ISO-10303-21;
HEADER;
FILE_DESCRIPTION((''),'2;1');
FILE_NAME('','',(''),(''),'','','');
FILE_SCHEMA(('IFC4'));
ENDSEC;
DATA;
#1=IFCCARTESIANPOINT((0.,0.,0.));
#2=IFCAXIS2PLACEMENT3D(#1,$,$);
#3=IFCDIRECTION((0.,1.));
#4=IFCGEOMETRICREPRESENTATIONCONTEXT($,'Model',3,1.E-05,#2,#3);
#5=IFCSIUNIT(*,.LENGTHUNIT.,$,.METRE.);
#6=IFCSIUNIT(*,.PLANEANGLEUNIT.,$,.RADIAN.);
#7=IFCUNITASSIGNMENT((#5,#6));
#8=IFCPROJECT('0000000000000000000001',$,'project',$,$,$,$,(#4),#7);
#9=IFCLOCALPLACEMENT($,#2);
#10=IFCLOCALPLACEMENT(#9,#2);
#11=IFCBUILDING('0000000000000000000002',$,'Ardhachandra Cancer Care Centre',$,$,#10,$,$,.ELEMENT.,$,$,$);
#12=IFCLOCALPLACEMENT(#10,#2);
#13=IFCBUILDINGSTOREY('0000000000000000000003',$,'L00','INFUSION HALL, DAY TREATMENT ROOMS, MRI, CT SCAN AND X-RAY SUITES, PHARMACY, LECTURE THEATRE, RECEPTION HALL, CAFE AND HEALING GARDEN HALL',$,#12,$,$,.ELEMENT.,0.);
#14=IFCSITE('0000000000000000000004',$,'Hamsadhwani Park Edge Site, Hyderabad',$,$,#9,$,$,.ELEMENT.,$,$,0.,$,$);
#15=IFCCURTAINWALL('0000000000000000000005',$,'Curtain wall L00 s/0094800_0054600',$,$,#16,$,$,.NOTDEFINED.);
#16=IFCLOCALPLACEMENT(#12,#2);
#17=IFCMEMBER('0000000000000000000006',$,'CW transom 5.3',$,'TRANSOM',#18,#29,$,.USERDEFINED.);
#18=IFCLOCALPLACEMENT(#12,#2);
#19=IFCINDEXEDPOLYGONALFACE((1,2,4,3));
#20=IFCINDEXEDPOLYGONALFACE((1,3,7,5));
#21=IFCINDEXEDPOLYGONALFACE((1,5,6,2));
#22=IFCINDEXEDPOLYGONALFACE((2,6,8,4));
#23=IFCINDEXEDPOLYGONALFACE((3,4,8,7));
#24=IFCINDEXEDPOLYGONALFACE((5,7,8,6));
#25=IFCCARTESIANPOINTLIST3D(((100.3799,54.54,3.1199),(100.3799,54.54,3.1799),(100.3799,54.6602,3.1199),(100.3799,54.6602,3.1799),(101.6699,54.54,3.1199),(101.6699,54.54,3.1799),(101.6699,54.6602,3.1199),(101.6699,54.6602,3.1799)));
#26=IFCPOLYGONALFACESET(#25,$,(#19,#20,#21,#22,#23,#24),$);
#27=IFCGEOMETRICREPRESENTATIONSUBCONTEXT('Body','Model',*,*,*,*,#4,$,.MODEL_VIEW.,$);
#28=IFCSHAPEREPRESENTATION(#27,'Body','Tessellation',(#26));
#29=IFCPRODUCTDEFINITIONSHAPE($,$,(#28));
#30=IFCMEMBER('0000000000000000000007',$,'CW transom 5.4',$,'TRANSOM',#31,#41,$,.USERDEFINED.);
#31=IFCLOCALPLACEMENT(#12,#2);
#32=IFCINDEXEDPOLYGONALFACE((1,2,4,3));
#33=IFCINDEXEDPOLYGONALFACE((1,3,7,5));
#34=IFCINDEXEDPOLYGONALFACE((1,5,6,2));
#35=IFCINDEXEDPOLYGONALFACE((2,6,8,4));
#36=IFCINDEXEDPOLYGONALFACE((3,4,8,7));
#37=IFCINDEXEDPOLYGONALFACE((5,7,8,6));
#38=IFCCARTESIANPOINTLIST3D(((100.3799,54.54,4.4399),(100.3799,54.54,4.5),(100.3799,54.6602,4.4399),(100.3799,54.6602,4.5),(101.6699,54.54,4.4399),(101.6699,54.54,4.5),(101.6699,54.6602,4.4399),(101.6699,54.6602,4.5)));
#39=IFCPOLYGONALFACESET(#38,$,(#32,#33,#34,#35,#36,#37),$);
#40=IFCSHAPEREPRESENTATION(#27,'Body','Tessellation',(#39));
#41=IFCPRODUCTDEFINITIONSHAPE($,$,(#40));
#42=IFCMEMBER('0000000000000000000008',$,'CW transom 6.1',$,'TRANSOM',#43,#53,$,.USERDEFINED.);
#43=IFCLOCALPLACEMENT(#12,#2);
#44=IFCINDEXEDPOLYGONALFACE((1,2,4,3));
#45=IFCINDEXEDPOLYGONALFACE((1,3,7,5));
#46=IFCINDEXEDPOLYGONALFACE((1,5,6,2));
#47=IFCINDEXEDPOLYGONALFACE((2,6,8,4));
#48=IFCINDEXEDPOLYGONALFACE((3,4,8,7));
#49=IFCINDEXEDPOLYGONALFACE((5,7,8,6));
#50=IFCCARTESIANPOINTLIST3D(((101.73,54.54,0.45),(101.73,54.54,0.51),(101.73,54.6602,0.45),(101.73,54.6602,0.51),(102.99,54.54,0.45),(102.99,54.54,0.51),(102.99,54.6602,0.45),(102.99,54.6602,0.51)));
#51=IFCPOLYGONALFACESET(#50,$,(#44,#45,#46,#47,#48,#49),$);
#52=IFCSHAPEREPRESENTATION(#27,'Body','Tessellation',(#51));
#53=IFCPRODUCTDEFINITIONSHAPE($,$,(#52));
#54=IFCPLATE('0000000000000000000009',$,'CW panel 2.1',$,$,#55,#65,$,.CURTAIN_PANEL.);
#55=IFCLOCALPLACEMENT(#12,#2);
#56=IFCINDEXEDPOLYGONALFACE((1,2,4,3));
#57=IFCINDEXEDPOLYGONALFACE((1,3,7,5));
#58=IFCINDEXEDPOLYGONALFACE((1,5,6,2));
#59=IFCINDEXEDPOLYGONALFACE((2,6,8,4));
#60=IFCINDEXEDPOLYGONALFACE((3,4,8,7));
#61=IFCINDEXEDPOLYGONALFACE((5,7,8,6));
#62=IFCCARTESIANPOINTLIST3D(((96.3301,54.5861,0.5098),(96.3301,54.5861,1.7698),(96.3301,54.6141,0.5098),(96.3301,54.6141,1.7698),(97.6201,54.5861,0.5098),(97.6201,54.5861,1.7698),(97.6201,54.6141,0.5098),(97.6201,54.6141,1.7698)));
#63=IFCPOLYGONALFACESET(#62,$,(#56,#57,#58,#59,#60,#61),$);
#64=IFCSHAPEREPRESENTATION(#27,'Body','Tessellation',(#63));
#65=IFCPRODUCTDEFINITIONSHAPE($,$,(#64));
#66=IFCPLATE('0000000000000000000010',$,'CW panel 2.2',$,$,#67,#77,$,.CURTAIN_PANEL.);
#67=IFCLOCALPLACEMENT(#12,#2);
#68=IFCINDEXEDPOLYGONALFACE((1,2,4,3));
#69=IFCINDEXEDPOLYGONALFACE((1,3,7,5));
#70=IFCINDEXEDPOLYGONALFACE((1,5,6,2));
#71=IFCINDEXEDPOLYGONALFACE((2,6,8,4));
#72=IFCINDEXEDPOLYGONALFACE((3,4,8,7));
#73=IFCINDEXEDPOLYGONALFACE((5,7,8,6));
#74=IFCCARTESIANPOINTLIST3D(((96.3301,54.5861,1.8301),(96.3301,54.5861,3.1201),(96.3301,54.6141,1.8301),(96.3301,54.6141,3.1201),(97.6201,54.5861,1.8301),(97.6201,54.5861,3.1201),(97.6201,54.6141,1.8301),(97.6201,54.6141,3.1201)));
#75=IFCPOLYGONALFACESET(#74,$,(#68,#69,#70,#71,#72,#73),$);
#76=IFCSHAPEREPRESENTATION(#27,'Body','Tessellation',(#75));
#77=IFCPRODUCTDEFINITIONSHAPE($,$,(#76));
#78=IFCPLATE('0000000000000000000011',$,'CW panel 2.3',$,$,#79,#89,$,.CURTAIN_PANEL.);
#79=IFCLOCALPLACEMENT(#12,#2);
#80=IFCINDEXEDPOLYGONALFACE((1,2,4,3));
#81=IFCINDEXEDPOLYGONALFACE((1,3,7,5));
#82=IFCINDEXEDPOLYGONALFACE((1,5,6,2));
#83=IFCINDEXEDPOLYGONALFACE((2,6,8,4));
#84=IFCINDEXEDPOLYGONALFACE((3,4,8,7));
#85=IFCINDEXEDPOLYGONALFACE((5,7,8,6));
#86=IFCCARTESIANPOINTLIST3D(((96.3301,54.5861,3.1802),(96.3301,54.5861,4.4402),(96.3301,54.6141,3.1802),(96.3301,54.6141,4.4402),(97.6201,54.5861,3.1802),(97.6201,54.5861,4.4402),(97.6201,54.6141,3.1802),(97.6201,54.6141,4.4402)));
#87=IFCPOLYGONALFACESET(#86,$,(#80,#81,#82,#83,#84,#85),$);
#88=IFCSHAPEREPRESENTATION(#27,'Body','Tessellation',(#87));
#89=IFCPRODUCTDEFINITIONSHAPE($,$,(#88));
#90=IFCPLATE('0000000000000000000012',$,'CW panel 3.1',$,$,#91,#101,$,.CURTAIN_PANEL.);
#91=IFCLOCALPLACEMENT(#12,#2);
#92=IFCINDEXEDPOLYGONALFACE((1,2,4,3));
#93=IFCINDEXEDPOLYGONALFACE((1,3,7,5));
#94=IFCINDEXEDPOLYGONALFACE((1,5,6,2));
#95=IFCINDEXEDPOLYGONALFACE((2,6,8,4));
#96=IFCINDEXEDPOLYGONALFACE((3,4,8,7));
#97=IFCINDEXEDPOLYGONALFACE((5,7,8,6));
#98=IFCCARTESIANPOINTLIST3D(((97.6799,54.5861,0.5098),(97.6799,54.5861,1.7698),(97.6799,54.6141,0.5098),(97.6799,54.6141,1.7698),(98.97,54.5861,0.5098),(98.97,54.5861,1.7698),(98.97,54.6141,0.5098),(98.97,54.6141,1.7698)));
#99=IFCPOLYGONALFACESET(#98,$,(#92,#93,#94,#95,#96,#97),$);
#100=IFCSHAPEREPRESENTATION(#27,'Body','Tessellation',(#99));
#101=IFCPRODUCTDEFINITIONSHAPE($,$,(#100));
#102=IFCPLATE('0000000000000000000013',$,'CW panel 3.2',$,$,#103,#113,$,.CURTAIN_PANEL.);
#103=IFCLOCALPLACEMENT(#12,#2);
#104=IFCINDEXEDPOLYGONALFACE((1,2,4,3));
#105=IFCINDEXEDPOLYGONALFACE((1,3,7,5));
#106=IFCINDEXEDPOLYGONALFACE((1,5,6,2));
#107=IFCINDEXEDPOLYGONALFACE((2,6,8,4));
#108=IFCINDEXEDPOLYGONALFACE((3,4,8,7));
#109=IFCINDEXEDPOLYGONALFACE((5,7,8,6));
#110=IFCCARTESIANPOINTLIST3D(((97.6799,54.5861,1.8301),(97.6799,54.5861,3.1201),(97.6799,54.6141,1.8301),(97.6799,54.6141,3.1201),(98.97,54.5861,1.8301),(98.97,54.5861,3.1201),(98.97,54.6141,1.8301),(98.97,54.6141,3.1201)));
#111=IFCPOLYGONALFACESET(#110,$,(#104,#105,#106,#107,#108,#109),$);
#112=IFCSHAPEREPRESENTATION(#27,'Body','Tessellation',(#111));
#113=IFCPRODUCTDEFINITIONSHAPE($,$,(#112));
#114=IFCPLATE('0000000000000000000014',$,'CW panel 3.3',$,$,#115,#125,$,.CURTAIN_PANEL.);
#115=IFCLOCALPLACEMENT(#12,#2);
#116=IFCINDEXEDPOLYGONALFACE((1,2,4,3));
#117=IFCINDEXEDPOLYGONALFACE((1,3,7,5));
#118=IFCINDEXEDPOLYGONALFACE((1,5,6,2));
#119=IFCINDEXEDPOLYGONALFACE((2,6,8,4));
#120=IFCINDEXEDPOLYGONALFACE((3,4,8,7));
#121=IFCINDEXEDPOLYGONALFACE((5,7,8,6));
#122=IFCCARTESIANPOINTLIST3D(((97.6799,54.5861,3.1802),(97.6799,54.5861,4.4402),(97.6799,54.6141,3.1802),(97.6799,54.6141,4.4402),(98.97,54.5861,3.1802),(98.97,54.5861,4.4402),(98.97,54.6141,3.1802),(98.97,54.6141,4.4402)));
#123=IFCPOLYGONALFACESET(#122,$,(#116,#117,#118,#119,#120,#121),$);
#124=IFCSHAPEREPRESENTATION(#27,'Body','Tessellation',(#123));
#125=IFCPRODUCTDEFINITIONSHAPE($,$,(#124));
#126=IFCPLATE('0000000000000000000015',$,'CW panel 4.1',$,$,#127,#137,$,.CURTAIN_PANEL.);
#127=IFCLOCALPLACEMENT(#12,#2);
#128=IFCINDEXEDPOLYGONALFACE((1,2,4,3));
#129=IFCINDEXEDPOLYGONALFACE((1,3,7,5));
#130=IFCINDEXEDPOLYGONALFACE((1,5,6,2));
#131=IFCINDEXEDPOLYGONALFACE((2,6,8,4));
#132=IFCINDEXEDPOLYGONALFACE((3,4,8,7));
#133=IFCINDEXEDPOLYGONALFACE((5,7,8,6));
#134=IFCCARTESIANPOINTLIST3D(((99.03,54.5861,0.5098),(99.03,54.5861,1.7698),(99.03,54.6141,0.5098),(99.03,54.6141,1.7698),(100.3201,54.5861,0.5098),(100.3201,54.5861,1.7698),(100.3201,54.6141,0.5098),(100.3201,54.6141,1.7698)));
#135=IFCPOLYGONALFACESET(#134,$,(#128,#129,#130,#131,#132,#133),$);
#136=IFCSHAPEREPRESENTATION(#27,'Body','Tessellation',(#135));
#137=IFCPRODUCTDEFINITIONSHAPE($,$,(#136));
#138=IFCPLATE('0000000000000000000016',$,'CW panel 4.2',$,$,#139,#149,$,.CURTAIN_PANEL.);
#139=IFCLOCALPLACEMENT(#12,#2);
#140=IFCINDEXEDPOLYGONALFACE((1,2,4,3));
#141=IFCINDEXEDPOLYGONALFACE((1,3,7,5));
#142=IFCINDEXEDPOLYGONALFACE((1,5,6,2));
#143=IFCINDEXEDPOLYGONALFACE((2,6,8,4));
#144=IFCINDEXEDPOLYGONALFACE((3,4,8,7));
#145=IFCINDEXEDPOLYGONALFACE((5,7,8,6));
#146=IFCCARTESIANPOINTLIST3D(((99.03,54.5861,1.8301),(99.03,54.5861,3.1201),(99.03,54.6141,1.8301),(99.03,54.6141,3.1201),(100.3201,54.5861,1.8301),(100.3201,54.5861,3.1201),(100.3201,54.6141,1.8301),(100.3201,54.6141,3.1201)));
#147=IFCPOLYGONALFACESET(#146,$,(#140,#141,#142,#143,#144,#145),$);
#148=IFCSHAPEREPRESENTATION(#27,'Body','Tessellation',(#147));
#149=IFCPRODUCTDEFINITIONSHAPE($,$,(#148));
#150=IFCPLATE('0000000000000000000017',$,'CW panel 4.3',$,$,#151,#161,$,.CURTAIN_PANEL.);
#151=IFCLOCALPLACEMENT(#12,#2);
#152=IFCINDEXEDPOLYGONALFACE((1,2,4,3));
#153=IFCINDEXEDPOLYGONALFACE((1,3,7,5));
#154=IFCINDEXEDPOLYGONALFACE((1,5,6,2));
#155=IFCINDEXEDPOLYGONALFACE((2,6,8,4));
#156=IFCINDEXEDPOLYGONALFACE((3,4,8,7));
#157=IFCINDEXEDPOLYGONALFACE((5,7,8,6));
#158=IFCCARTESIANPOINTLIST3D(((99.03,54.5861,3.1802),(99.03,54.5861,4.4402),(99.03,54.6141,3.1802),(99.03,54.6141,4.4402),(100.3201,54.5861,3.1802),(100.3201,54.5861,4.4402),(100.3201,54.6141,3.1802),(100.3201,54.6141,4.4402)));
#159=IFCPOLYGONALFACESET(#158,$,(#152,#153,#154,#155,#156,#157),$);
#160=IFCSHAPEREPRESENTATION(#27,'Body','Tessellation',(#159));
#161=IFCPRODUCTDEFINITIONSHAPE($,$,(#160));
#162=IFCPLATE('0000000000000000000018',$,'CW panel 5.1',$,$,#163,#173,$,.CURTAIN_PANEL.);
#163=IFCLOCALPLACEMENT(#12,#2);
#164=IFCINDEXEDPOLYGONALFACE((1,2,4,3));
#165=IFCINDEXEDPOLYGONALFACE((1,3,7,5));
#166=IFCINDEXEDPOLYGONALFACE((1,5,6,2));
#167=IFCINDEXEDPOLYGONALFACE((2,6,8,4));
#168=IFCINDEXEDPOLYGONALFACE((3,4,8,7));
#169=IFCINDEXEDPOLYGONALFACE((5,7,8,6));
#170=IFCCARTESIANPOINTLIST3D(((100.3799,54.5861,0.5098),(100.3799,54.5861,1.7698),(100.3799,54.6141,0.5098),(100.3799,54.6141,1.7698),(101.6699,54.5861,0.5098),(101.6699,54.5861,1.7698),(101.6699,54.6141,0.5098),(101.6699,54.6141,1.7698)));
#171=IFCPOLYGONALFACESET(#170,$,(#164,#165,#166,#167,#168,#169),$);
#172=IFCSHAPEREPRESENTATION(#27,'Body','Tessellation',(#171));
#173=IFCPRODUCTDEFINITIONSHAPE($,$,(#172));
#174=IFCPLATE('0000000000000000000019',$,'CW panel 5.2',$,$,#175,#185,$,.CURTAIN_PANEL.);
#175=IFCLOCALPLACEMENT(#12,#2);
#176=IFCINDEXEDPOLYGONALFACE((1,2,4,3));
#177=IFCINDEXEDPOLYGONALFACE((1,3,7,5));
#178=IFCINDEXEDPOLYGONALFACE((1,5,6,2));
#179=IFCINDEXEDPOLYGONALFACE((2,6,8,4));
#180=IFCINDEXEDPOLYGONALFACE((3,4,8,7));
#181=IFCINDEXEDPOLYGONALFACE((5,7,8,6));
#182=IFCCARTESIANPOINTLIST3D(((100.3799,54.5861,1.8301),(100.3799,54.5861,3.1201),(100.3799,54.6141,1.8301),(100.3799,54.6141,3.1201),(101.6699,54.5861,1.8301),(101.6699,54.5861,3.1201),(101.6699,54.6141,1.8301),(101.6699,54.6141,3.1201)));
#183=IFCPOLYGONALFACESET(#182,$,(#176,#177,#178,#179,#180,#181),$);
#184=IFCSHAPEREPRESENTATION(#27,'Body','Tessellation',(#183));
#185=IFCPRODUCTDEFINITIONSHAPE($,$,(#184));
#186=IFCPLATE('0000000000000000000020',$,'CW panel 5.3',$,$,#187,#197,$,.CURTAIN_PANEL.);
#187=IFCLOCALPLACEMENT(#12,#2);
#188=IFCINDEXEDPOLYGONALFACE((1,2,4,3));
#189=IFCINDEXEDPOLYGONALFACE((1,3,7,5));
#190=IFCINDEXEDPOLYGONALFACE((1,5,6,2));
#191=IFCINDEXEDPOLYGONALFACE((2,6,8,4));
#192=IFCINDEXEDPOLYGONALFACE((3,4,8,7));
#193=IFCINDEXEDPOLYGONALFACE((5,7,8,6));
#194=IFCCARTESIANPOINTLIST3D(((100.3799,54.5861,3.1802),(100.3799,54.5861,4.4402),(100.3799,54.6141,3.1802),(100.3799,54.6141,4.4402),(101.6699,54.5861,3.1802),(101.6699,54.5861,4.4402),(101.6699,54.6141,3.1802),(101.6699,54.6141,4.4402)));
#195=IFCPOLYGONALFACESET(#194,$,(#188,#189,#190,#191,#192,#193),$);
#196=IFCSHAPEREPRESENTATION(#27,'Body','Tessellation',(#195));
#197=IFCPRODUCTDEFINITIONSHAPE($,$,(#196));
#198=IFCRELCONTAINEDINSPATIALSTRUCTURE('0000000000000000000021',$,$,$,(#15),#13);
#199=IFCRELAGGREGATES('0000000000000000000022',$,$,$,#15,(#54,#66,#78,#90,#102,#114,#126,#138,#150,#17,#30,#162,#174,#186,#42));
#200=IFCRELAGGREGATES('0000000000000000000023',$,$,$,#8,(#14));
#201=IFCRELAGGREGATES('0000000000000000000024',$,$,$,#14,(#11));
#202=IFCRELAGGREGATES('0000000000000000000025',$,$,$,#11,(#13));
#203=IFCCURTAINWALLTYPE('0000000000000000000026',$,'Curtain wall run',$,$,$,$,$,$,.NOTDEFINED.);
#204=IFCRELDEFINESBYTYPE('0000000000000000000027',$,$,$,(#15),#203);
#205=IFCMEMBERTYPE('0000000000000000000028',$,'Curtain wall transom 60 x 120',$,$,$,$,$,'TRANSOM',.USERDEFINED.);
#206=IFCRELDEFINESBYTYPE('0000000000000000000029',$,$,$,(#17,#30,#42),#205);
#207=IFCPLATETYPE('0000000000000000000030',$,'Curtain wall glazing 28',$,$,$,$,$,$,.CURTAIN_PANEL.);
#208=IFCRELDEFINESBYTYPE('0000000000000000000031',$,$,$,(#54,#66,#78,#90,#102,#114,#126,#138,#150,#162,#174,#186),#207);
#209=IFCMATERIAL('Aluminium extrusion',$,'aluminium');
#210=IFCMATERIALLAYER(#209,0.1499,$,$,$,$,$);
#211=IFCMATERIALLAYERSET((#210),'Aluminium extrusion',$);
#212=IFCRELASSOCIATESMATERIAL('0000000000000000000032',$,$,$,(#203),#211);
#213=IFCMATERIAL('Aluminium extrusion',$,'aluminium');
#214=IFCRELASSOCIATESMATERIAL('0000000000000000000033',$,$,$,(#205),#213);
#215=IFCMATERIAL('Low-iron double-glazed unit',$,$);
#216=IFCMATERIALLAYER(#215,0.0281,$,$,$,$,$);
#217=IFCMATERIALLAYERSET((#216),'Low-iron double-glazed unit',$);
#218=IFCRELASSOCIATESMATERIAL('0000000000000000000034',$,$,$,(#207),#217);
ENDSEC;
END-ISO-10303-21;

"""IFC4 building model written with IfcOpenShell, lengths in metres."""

from ifc_helpers import new_model, si_unit, direction, frame, origin, origin_2d, place, context, subcontext, project, spatial, rectangle, extrude, material, layer, layer_set, material_profile, profile_set, type_object, element, aggregate, save


model = new_model("IFC4")

# Units and contexts
model_context = context("Model", 3, precision=1e-05, world=origin(), true_north=direction((0.0, 1.0)))
body_context = subcontext(model_context, "Body", "Model", "MODEL_VIEW")
ifc_project = project(units=[si_unit("LENGTHUNIT", "METRE"), si_unit("PLANEANGLEUNIT", "RADIAN")], contexts=[model_context])

# Site, building, storey
site_placement = place(None, origin())
site = spatial("IfcSite", under=ifc_project, at=site_placement, Name="Hamsadhwani Park Edge Site, Hyderabad", CompositionType="ELEMENT", RefElevation=0.0)
building_placement = place(site_placement, origin())
building = spatial("IfcBuilding", under=site, at=building_placement, Name="Ardhachandra Cancer Care Centre", CompositionType="ELEMENT")
storey_placement = place(building_placement, origin())
storey = spatial("IfcBuildingStorey", under=building, at=storey_placement, Name="L00", Description="INFUSION HALL, DAY TREATMENT ROOMS, MRI, CT SCAN AND X-RAY SUITES, PHARMACY, LECTURE THEATRE, RECEPTION HALL, CAFE AND HEALING GARDEN HALL", CompositionType="ELEMENT", Elevation=0.0)

# Curtain wall, members, plates
ifc_material_1 = material(Name="Aluminium extrusion", Category="aluminium")
ifc_layer_1 = layer(ifc_material_1, 0.1499)
ifc_layer_set_1 = layer_set([ifc_layer_1], Name="Aluminium extrusion")
curtain_wall_type = type_object("IfcCurtainWallType", Name="Curtain wall run", PredefinedType="NOTDEFINED", material=ifc_layer_set_1)
curtain_wall_placement = place(storey_placement, origin())
curtain_wall = element("IfcCurtainWall", 1, at=curtain_wall_placement, inside=storey, type_object=curtain_wall_type, Name="Curtain wall L00 s/0094800_0054600", PredefinedType="NOTDEFINED")
ifc_material_2 = material(Name="Aluminium extrusion", Category="aluminium")
ifc_material_profile_1 = material_profile(ifc_material_2, rectangle(XDim=0.1201, YDim=0.0601, at=origin_2d()), Name="Curtain wall transom 60 x 120")
ifc_profile_set_1 = profile_set([ifc_material_profile_1], Name="Aluminium extrusion")
member_type_1 = type_object("IfcMemberType", Name="Curtain wall transom 60 x 120", ElementType="TRANSOM", PredefinedType="USERDEFINED", material=ifc_profile_set_1)
member_1_placement = place(storey_placement, frame((100.3799, 54.6001, 3.1499), z_axis=(1.0, 0.0, 0.0), x_axis=(0.0, 1.0, 0.0)))
member_1 = element("IfcMember", 2, at=member_1_placement, type_object=member_type_1, Name="CW transom 5.3", ObjectType="TRANSOM", PredefinedType="USERDEFINED", context=body_context, shape_type="SweptSolid", body=[
    extrude(rectangle(XDim=0.1201, YDim=0.0601, at=origin_2d()), origin(), (0.0, 0.0, 1.0), 1.29),
])
member_2_placement = place(storey_placement, frame((100.3799, 54.6001, 4.47), z_axis=(1.0, 0.0, 0.0), x_axis=(0.0, 1.0, 0.0)))
member_2 = element("IfcMember", 3, at=member_2_placement, type_object=member_type_1, Name="CW transom 5.4", ObjectType="TRANSOM", PredefinedType="USERDEFINED", context=body_context, shape_type="SweptSolid", body=[
    extrude(rectangle(XDim=0.1201, YDim=0.0601, at=origin_2d()), origin(), (0.0, 0.0, 1.0), 1.29),
])
member_3_placement = place(storey_placement, frame((101.73, 54.6001, 0.48), z_axis=(1.0, 0.0, 0.0), x_axis=(0.0, 1.0, 0.0)))
member_3 = element("IfcMember", 4, at=member_3_placement, type_object=member_type_1, Name="CW transom 6.1", ObjectType="TRANSOM", PredefinedType="USERDEFINED", context=body_context, shape_type="SweptSolid", body=[
    extrude(rectangle(XDim=0.1201, YDim=0.0601, at=origin_2d()), origin(), (0.0, 0.0, 1.0), 1.26),
])
ifc_material_3 = material(Name="Low-iron double-glazed unit")
ifc_layer_2 = layer(ifc_material_3, 0.0281)
ifc_layer_set_2 = layer_set([ifc_layer_2], Name="Low-iron double-glazed unit")
plate_type = type_object("IfcPlateType", Name="Curtain wall glazing 28", PredefinedType="CURTAIN_PANEL", material=ifc_layer_set_2)
plate_1_placement = place(storey_placement, frame((96.9751, 54.6001, 0.5098), z_axis=(0.0, 0.0, 1.0), x_axis=(1.0, 0.0, 0.0)))
plate_1 = element("IfcPlate", 5, at=plate_1_placement, type_object=plate_type, Name="CW panel 2.1", PredefinedType="CURTAIN_PANEL", context=body_context, shape_type="SweptSolid", body=[
    extrude(rectangle(XDim=1.29, YDim=0.0281, at=origin_2d()), origin(), (0.0, 0.0, 1.0), 1.26),
])
plate_2_placement = place(storey_placement, frame((96.9751, 54.6001, 1.8301), z_axis=(0.0, 0.0, 1.0), x_axis=(1.0, 0.0, 0.0)))
plate_2 = element("IfcPlate", 6, at=plate_2_placement, type_object=plate_type, Name="CW panel 2.2", PredefinedType="CURTAIN_PANEL", context=body_context, shape_type="SweptSolid", body=[
    extrude(rectangle(XDim=1.29, YDim=0.0281, at=origin_2d()), origin(), (0.0, 0.0, 1.0), 1.29),
])
plate_3_placement = place(storey_placement, frame((96.9751, 54.6001, 3.1802), z_axis=(0.0, 0.0, 1.0), x_axis=(1.0, 0.0, 0.0)))
plate_3 = element("IfcPlate", 7, at=plate_3_placement, type_object=plate_type, Name="CW panel 2.3", PredefinedType="CURTAIN_PANEL", context=body_context, shape_type="SweptSolid", body=[
    extrude(rectangle(XDim=1.29, YDim=0.0281, at=origin_2d()), origin(), (0.0, 0.0, 1.0), 1.26),
])
plate_4_placement = place(storey_placement, frame((98.325, 54.6001, 0.5098), z_axis=(0.0, 0.0, 1.0), x_axis=(1.0, 0.0, 0.0)))
plate_4 = element("IfcPlate", 8, at=plate_4_placement, type_object=plate_type, Name="CW panel 3.1", PredefinedType="CURTAIN_PANEL", context=body_context, shape_type="SweptSolid", body=[
    extrude(rectangle(XDim=1.29, YDim=0.0281, at=origin_2d()), origin(), (0.0, 0.0, 1.0), 1.26),
])
plate_5_placement = place(storey_placement, frame((98.325, 54.6001, 1.8301), z_axis=(0.0, 0.0, 1.0), x_axis=(1.0, 0.0, 0.0)))
plate_5 = element("IfcPlate", 9, at=plate_5_placement, type_object=plate_type, Name="CW panel 3.2", PredefinedType="CURTAIN_PANEL", context=body_context, shape_type="SweptSolid", body=[
    extrude(rectangle(XDim=1.29, YDim=0.0281, at=origin_2d()), origin(), (0.0, 0.0, 1.0), 1.29),
])
plate_6_placement = place(storey_placement, frame((98.325, 54.6001, 3.1802), z_axis=(0.0, 0.0, 1.0), x_axis=(1.0, 0.0, 0.0)))
plate_6 = element("IfcPlate", 10, at=plate_6_placement, type_object=plate_type, Name="CW panel 3.3", PredefinedType="CURTAIN_PANEL", context=body_context, shape_type="SweptSolid", body=[
    extrude(rectangle(XDim=1.29, YDim=0.0281, at=origin_2d()), origin(), (0.0, 0.0, 1.0), 1.26),
])
plate_7_placement = place(storey_placement, frame((99.675, 54.6001, 0.5098), z_axis=(0.0, 0.0, 1.0), x_axis=(1.0, 0.0, 0.0)))
plate_7 = element("IfcPlate", 11, at=plate_7_placement, type_object=plate_type, Name="CW panel 4.1", PredefinedType="CURTAIN_PANEL", context=body_context, shape_type="SweptSolid", body=[
    extrude(rectangle(XDim=1.29, YDim=0.0281, at=origin_2d()), origin(), (0.0, 0.0, 1.0), 1.26),
])
plate_8_placement = place(storey_placement, frame((99.675, 54.6001, 1.8301), z_axis=(0.0, 0.0, 1.0), x_axis=(1.0, 0.0, 0.0)))
plate_8 = element("IfcPlate", 12, at=plate_8_placement, type_object=plate_type, Name="CW panel 4.2", PredefinedType="CURTAIN_PANEL", context=body_context, shape_type="SweptSolid", body=[
    extrude(rectangle(XDim=1.29, YDim=0.0281, at=origin_2d()), origin(), (0.0, 0.0, 1.0), 1.29),
])
plate_9_placement = place(storey_placement, frame((99.675, 54.6001, 3.1802), z_axis=(0.0, 0.0, 1.0), x_axis=(1.0, 0.0, 0.0)))
plate_9 = element("IfcPlate", 13, at=plate_9_placement, type_object=plate_type, Name="CW panel 4.3", PredefinedType="CURTAIN_PANEL", context=body_context, shape_type="SweptSolid", body=[
    extrude(rectangle(XDim=1.29, YDim=0.0281, at=origin_2d()), origin(), (0.0, 0.0, 1.0), 1.26),
])
plate_10_placement = place(storey_placement, frame((101.0249, 54.6001, 0.5098), z_axis=(0.0, 0.0, 1.0), x_axis=(1.0, 0.0, 0.0)))
plate_10 = element("IfcPlate", 14, at=plate_10_placement, type_object=plate_type, Name="CW panel 5.1", PredefinedType="CURTAIN_PANEL", context=body_context, shape_type="SweptSolid", body=[
    extrude(rectangle(XDim=1.29, YDim=0.0281, at=origin_2d()), origin(), (0.0, 0.0, 1.0), 1.26),
])
plate_11_placement = place(storey_placement, frame((101.0249, 54.6001, 1.8301), z_axis=(0.0, 0.0, 1.0), x_axis=(1.0, 0.0, 0.0)))
plate_11 = element("IfcPlate", 15, at=plate_11_placement, type_object=plate_type, Name="CW panel 5.2", PredefinedType="CURTAIN_PANEL", context=body_context, shape_type="SweptSolid", body=[
    extrude(rectangle(XDim=1.29, YDim=0.0281, at=origin_2d()), origin(), (0.0, 0.0, 1.0), 1.29),
])
plate_12_placement = place(storey_placement, frame((101.0249, 54.6001, 3.1802), z_axis=(0.0, 0.0, 1.0), x_axis=(1.0, 0.0, 0.0)))
plate_12 = element("IfcPlate", 16, at=plate_12_placement, type_object=plate_type, Name="CW panel 5.3", PredefinedType="CURTAIN_PANEL", context=body_context, shape_type="SweptSolid", body=[
    extrude(rectangle(XDim=1.29, YDim=0.0281, at=origin_2d()), origin(), (0.0, 0.0, 1.0), 1.26),
])
aggregate(curtain_wall, [plate_1, plate_2, plate_3, plate_4, plate_5, plate_6, plate_7, plate_8, plate_9, member_1, member_2, plate_10, plate_11, plate_12, member_3])

save(model, "model.ifc")
